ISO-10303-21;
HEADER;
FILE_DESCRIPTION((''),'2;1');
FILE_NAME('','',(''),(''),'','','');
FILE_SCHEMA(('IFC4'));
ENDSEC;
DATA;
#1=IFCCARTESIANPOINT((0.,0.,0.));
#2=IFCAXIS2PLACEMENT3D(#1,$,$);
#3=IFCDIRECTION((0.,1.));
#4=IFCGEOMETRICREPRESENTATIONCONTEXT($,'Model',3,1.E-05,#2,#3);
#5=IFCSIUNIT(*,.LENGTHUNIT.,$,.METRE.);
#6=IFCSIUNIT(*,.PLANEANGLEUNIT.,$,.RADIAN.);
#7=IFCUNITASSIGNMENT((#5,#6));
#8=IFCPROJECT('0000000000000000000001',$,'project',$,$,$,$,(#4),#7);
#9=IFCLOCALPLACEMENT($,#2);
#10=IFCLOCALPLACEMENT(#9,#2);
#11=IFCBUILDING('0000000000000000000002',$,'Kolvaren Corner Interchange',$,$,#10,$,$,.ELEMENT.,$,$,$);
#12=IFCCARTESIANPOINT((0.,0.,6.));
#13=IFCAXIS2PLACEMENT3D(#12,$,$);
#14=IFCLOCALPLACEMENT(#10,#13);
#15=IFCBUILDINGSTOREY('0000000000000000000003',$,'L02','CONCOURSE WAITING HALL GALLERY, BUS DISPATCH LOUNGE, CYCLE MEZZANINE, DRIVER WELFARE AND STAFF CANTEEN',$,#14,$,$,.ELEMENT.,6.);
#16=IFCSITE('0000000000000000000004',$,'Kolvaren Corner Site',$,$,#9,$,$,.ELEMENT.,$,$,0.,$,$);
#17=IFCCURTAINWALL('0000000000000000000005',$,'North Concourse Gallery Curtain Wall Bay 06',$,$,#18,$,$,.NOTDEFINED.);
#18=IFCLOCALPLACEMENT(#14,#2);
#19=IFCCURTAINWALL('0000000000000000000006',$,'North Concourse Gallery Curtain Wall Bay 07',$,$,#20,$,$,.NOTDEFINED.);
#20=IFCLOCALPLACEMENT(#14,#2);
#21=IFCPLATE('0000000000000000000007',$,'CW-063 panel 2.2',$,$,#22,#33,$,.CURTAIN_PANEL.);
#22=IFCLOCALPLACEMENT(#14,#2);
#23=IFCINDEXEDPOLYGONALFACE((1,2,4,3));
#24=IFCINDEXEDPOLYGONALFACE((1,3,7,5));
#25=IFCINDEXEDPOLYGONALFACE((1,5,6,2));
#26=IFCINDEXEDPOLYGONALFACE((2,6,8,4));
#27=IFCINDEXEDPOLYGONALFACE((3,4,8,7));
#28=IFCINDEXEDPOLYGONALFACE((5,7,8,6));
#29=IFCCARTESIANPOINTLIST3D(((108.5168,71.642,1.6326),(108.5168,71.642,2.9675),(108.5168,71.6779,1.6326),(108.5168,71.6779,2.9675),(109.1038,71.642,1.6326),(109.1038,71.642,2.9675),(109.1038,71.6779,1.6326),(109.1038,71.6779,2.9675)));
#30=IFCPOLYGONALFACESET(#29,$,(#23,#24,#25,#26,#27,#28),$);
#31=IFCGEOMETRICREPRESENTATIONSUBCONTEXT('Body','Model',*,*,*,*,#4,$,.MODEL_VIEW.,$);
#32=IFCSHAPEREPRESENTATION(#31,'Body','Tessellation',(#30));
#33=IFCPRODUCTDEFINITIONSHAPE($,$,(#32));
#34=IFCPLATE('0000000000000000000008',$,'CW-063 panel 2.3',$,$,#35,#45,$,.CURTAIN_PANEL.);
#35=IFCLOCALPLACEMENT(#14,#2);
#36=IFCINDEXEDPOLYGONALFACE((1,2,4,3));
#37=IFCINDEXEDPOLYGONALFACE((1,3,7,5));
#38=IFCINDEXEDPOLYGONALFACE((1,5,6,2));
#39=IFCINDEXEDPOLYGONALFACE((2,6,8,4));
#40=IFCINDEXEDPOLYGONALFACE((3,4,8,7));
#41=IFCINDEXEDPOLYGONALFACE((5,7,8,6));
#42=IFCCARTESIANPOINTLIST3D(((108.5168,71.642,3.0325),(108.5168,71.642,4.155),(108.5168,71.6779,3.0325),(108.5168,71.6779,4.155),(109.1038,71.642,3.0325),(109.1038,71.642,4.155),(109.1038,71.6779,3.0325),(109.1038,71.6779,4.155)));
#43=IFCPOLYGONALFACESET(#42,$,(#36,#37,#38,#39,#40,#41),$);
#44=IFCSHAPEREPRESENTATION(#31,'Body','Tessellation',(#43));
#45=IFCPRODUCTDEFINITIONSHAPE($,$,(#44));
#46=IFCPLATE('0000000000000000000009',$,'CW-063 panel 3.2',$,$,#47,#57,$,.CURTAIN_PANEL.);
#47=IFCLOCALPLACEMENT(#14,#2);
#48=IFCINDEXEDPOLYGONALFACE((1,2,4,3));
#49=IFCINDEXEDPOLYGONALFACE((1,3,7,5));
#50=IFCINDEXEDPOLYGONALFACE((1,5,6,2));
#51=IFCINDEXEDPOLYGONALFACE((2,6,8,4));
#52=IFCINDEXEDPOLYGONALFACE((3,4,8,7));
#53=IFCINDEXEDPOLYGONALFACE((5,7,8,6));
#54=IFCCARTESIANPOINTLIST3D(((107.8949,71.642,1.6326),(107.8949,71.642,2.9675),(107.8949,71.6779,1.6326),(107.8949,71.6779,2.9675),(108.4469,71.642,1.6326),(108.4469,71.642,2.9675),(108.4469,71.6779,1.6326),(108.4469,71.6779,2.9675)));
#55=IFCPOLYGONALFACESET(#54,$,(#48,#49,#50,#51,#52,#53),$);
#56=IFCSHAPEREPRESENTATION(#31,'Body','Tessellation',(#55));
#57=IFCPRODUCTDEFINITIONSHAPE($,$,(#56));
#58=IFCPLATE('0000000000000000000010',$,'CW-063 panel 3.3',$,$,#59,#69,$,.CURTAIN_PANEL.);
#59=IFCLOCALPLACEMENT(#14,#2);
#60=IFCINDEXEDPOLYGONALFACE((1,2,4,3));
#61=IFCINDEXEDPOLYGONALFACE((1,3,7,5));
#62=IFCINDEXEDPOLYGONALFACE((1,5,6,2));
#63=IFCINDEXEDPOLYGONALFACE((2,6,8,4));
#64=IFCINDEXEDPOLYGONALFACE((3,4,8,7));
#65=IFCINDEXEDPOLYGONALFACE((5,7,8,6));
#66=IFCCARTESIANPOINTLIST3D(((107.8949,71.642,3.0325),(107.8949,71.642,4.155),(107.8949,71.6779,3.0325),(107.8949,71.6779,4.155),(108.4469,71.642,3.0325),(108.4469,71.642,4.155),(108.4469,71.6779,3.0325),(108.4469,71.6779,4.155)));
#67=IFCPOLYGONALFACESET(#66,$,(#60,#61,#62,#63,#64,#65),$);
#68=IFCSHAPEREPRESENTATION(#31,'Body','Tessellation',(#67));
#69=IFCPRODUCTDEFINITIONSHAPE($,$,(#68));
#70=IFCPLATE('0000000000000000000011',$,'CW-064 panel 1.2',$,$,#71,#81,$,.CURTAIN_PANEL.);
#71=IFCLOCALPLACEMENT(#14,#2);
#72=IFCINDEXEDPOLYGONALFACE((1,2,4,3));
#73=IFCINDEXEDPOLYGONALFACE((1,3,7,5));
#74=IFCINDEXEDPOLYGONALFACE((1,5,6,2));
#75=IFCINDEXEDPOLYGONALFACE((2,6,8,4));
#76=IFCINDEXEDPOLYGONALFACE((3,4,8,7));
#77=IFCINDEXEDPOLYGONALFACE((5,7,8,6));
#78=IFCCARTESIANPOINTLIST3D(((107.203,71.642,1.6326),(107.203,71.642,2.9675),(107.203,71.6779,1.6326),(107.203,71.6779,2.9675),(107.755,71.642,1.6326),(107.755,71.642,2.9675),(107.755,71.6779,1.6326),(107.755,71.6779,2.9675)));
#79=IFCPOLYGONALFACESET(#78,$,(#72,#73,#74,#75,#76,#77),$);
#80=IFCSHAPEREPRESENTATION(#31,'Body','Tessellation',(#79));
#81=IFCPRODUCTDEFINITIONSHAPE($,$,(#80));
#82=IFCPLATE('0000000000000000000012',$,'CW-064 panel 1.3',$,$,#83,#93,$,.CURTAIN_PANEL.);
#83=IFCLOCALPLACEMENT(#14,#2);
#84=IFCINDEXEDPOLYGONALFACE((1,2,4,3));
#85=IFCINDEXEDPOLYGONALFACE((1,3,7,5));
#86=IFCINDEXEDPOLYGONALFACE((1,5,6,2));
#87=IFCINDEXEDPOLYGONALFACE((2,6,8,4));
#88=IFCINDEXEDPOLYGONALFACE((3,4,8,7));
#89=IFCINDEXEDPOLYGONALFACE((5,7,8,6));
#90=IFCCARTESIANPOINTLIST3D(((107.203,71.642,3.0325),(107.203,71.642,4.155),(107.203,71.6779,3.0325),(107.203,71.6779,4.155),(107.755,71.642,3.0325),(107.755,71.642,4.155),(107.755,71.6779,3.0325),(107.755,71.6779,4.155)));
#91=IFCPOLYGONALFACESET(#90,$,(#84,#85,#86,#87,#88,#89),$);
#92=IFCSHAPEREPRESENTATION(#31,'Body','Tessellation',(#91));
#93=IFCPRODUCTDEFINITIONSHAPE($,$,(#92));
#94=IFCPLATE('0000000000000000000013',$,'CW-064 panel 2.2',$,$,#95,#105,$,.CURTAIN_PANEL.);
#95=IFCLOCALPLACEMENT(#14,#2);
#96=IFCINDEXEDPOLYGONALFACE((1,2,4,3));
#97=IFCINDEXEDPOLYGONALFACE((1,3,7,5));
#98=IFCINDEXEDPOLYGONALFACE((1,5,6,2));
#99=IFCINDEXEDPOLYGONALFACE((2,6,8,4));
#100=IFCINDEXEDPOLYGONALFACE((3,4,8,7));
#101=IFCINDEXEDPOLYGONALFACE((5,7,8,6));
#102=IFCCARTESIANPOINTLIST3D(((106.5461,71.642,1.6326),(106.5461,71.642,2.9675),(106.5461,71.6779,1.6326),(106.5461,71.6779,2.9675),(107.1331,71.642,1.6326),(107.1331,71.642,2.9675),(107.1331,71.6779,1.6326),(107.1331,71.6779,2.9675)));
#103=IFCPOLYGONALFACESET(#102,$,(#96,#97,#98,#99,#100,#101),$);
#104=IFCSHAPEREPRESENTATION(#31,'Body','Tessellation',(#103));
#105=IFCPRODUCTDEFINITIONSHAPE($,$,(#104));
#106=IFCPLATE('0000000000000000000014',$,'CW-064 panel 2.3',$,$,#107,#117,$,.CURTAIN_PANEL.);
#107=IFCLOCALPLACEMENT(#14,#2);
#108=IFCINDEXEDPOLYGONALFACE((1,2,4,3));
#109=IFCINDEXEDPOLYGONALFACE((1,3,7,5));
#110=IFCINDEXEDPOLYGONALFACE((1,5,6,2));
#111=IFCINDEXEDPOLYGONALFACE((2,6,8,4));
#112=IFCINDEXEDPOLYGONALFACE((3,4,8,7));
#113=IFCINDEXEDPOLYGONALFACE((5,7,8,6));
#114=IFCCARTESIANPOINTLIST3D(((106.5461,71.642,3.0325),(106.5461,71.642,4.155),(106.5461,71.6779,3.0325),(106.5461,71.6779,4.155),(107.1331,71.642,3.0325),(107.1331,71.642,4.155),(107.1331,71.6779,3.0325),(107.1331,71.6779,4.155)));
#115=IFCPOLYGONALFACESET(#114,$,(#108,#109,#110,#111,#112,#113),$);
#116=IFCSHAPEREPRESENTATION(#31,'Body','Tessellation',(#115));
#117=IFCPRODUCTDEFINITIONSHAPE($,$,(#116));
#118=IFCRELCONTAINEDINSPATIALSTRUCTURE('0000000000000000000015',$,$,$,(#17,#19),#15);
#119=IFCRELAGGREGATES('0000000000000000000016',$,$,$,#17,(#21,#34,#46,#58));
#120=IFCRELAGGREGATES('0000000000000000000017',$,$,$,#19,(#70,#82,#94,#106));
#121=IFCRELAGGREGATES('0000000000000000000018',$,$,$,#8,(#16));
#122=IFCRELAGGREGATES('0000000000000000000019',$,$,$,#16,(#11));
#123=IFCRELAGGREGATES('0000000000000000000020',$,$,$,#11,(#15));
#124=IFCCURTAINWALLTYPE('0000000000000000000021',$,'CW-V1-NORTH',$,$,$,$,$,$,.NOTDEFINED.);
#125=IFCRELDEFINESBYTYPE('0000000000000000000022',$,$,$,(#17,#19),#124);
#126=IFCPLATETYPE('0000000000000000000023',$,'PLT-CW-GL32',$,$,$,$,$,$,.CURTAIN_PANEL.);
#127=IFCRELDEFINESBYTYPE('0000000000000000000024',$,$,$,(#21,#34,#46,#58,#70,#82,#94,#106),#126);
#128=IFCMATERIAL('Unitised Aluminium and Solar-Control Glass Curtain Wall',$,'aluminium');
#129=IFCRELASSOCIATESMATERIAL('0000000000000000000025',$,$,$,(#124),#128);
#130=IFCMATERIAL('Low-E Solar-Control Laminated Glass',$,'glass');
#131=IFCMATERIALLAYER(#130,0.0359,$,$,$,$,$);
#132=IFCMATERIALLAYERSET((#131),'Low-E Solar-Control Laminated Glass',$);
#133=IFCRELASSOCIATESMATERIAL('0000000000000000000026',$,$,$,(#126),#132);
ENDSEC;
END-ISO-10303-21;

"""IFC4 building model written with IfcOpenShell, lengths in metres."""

from ifc_helpers import new_model, si_unit, direction, frame, origin, origin_2d, place, context, subcontext, project, spatial, rectangle, extrude, material, layer, layer_set, type_object, element, aggregate, save


model = new_model("IFC4")

# Units and contexts
model_context = context("Model", 3, precision=1e-05, world=origin(), true_north=direction((0.0, 1.0)))
body_context = subcontext(model_context, "Body", "Model", "MODEL_VIEW")
ifc_project = project(units=[si_unit("LENGTHUNIT", "METRE"), si_unit("PLANEANGLEUNIT", "RADIAN")], contexts=[model_context])

# Site, building, storey
site_placement = place(None, origin())
site = spatial("IfcSite", under=ifc_project, at=site_placement, Name="Kolvaren Corner Site", CompositionType="ELEMENT", RefElevation=0.0)
building_placement = place(site_placement, origin())
building = spatial("IfcBuilding", under=site, at=building_placement, Name="Kolvaren Corner Interchange", CompositionType="ELEMENT")
storey_placement = place(building_placement, frame((0.0, 0.0, 6.0)))
storey = spatial("IfcBuildingStorey", under=building, at=storey_placement, Name="L02", Description="CONCOURSE WAITING HALL GALLERY, BUS DISPATCH LOUNGE, CYCLE MEZZANINE, DRIVER WELFARE AND STAFF CANTEEN", CompositionType="ELEMENT", Elevation=6.0)

# Curtain walls
ifc_material_1 = material(Name="Unitised Aluminium and Solar-Control Glass Curtain Wall", Category="aluminium")
curtain_wall_type = type_object("IfcCurtainWallType", Name="CW-V1-NORTH", PredefinedType="NOTDEFINED", material=ifc_material_1)
curtain_wall_1_placement = place(storey_placement, origin())
curtain_wall_1 = element("IfcCurtainWall", 1, at=curtain_wall_1_placement, inside=storey, type_object=curtain_wall_type, Name="North Concourse Gallery Curtain Wall Bay 06", PredefinedType="NOTDEFINED")
curtain_wall_2_placement = place(storey_placement, origin())
curtain_wall_2 = element("IfcCurtainWall", 2, at=curtain_wall_2_placement, inside=storey, type_object=curtain_wall_type, Name="North Concourse Gallery Curtain Wall Bay 07", PredefinedType="NOTDEFINED")

# Plates
ifc_material_2 = material(Name="Low-E Solar-Control Laminated Glass", Category="glass")
ifc_layer = layer(ifc_material_2, 0.0359)
ifc_layer_set = layer_set([ifc_layer], Name="Low-E Solar-Control Laminated Glass")
plate_type = type_object("IfcPlateType", Name="PLT-CW-GL32", PredefinedType="CURTAIN_PANEL", material=ifc_layer_set)
plate_1_placement = place(storey_placement, frame((108.8103, 71.6599, 1.6326), z_axis=(0.0, 0.0, 1.0), x_axis=(-1.0, 0.0, 0.0)))
plate_1 = element("IfcPlate", 3, at=plate_1_placement, type_object=plate_type, Name="CW-063 panel 2.2", PredefinedType="CURTAIN_PANEL", context=body_context, shape_type="SweptSolid", body=[
    extrude(rectangle(XDim=0.5869, YDim=0.0359, at=origin_2d()), origin(), (0.0, 0.0, 1.0), 1.335),
])
plate_2_placement = place(storey_placement, frame((108.8103, 71.6599, 3.0325), z_axis=(0.0, 0.0, 1.0), x_axis=(-1.0, 0.0, 0.0)))
plate_2 = element("IfcPlate", 4, at=plate_2_placement, type_object=plate_type, Name="CW-063 panel 2.3", PredefinedType="CURTAIN_PANEL", context=body_context, shape_type="SweptSolid", body=[
    extrude(rectangle(XDim=0.5869, YDim=0.0359, at=origin_2d()), origin(), (0.0, 0.0, 1.0), 1.1226),
])
plate_3_placement = place(storey_placement, frame((108.1709, 71.6599, 1.6326), z_axis=(0.0, 0.0, 1.0), x_axis=(-1.0, 0.0, 0.0)))
plate_3 = element("IfcPlate", 5, at=plate_3_placement, type_object=plate_type, Name="CW-063 panel 3.2", PredefinedType="CURTAIN_PANEL", context=body_context, shape_type="SweptSolid", body=[
    extrude(rectangle(XDim=0.552, YDim=0.0359, at=origin_2d()), origin(), (0.0, 0.0, 1.0), 1.335),
])
plate_4_placement = place(storey_placement, frame((108.1709, 71.6599, 3.0325), z_axis=(0.0, 0.0, 1.0), x_axis=(-1.0, 0.0, 0.0)))
plate_4 = element("IfcPlate", 6, at=plate_4_placement, type_object=plate_type, Name="CW-063 panel 3.3", PredefinedType="CURTAIN_PANEL", context=body_context, shape_type="SweptSolid", body=[
    extrude(rectangle(XDim=0.552, YDim=0.0359, at=origin_2d()), origin(), (0.0, 0.0, 1.0), 1.1226),
])
aggregate(curtain_wall_1, [plate_1, plate_2, plate_3, plate_4])
plate_5_placement = place(storey_placement, frame((107.479, 71.6599, 1.6326), z_axis=(0.0, 0.0, 1.0), x_axis=(-1.0, 0.0, 0.0)))
plate_5 = element("IfcPlate", 7, at=plate_5_placement, type_object=plate_type, Name="CW-064 panel 1.2", PredefinedType="CURTAIN_PANEL", context=body_context, shape_type="SweptSolid", body=[
    extrude(rectangle(XDim=0.552, YDim=0.0359, at=origin_2d()), origin(), (0.0, 0.0, 1.0), 1.335),
])
plate_6_placement = place(storey_placement, frame((107.479, 71.6599, 3.0325), z_axis=(0.0, 0.0, 1.0), x_axis=(-1.0, 0.0, 0.0)))
plate_6 = element("IfcPlate", 8, at=plate_6_placement, type_object=plate_type, Name="CW-064 panel 1.3", PredefinedType="CURTAIN_PANEL", context=body_context, shape_type="SweptSolid", body=[
    extrude(rectangle(XDim=0.552, YDim=0.0359, at=origin_2d()), origin(), (0.0, 0.0, 1.0), 1.1226),
])
plate_7_placement = place(storey_placement, frame((106.8396, 71.6599, 1.6326), z_axis=(0.0, 0.0, 1.0), x_axis=(-1.0, 0.0, 0.0)))
plate_7 = element("IfcPlate", 9, at=plate_7_placement, type_object=plate_type, Name="CW-064 panel 2.2", PredefinedType="CURTAIN_PANEL", context=body_context, shape_type="SweptSolid", body=[
    extrude(rectangle(XDim=0.5869, YDim=0.0359, at=origin_2d()), origin(), (0.0, 0.0, 1.0), 1.335),
])
plate_8_placement = place(storey_placement, frame((106.8396, 71.6599, 3.0325), z_axis=(0.0, 0.0, 1.0), x_axis=(-1.0, 0.0, 0.0)))
plate_8 = element("IfcPlate", 10, at=plate_8_placement, type_object=plate_type, Name="CW-064 panel 2.3", PredefinedType="CURTAIN_PANEL", context=body_context, shape_type="SweptSolid", body=[
    extrude(rectangle(XDim=0.5869, YDim=0.0359, at=origin_2d()), origin(), (0.0, 0.0, 1.0), 1.1226),
])
aggregate(curtain_wall_2, [plate_5, plate_6, plate_7, plate_8])

save(model, "model.ifc")
